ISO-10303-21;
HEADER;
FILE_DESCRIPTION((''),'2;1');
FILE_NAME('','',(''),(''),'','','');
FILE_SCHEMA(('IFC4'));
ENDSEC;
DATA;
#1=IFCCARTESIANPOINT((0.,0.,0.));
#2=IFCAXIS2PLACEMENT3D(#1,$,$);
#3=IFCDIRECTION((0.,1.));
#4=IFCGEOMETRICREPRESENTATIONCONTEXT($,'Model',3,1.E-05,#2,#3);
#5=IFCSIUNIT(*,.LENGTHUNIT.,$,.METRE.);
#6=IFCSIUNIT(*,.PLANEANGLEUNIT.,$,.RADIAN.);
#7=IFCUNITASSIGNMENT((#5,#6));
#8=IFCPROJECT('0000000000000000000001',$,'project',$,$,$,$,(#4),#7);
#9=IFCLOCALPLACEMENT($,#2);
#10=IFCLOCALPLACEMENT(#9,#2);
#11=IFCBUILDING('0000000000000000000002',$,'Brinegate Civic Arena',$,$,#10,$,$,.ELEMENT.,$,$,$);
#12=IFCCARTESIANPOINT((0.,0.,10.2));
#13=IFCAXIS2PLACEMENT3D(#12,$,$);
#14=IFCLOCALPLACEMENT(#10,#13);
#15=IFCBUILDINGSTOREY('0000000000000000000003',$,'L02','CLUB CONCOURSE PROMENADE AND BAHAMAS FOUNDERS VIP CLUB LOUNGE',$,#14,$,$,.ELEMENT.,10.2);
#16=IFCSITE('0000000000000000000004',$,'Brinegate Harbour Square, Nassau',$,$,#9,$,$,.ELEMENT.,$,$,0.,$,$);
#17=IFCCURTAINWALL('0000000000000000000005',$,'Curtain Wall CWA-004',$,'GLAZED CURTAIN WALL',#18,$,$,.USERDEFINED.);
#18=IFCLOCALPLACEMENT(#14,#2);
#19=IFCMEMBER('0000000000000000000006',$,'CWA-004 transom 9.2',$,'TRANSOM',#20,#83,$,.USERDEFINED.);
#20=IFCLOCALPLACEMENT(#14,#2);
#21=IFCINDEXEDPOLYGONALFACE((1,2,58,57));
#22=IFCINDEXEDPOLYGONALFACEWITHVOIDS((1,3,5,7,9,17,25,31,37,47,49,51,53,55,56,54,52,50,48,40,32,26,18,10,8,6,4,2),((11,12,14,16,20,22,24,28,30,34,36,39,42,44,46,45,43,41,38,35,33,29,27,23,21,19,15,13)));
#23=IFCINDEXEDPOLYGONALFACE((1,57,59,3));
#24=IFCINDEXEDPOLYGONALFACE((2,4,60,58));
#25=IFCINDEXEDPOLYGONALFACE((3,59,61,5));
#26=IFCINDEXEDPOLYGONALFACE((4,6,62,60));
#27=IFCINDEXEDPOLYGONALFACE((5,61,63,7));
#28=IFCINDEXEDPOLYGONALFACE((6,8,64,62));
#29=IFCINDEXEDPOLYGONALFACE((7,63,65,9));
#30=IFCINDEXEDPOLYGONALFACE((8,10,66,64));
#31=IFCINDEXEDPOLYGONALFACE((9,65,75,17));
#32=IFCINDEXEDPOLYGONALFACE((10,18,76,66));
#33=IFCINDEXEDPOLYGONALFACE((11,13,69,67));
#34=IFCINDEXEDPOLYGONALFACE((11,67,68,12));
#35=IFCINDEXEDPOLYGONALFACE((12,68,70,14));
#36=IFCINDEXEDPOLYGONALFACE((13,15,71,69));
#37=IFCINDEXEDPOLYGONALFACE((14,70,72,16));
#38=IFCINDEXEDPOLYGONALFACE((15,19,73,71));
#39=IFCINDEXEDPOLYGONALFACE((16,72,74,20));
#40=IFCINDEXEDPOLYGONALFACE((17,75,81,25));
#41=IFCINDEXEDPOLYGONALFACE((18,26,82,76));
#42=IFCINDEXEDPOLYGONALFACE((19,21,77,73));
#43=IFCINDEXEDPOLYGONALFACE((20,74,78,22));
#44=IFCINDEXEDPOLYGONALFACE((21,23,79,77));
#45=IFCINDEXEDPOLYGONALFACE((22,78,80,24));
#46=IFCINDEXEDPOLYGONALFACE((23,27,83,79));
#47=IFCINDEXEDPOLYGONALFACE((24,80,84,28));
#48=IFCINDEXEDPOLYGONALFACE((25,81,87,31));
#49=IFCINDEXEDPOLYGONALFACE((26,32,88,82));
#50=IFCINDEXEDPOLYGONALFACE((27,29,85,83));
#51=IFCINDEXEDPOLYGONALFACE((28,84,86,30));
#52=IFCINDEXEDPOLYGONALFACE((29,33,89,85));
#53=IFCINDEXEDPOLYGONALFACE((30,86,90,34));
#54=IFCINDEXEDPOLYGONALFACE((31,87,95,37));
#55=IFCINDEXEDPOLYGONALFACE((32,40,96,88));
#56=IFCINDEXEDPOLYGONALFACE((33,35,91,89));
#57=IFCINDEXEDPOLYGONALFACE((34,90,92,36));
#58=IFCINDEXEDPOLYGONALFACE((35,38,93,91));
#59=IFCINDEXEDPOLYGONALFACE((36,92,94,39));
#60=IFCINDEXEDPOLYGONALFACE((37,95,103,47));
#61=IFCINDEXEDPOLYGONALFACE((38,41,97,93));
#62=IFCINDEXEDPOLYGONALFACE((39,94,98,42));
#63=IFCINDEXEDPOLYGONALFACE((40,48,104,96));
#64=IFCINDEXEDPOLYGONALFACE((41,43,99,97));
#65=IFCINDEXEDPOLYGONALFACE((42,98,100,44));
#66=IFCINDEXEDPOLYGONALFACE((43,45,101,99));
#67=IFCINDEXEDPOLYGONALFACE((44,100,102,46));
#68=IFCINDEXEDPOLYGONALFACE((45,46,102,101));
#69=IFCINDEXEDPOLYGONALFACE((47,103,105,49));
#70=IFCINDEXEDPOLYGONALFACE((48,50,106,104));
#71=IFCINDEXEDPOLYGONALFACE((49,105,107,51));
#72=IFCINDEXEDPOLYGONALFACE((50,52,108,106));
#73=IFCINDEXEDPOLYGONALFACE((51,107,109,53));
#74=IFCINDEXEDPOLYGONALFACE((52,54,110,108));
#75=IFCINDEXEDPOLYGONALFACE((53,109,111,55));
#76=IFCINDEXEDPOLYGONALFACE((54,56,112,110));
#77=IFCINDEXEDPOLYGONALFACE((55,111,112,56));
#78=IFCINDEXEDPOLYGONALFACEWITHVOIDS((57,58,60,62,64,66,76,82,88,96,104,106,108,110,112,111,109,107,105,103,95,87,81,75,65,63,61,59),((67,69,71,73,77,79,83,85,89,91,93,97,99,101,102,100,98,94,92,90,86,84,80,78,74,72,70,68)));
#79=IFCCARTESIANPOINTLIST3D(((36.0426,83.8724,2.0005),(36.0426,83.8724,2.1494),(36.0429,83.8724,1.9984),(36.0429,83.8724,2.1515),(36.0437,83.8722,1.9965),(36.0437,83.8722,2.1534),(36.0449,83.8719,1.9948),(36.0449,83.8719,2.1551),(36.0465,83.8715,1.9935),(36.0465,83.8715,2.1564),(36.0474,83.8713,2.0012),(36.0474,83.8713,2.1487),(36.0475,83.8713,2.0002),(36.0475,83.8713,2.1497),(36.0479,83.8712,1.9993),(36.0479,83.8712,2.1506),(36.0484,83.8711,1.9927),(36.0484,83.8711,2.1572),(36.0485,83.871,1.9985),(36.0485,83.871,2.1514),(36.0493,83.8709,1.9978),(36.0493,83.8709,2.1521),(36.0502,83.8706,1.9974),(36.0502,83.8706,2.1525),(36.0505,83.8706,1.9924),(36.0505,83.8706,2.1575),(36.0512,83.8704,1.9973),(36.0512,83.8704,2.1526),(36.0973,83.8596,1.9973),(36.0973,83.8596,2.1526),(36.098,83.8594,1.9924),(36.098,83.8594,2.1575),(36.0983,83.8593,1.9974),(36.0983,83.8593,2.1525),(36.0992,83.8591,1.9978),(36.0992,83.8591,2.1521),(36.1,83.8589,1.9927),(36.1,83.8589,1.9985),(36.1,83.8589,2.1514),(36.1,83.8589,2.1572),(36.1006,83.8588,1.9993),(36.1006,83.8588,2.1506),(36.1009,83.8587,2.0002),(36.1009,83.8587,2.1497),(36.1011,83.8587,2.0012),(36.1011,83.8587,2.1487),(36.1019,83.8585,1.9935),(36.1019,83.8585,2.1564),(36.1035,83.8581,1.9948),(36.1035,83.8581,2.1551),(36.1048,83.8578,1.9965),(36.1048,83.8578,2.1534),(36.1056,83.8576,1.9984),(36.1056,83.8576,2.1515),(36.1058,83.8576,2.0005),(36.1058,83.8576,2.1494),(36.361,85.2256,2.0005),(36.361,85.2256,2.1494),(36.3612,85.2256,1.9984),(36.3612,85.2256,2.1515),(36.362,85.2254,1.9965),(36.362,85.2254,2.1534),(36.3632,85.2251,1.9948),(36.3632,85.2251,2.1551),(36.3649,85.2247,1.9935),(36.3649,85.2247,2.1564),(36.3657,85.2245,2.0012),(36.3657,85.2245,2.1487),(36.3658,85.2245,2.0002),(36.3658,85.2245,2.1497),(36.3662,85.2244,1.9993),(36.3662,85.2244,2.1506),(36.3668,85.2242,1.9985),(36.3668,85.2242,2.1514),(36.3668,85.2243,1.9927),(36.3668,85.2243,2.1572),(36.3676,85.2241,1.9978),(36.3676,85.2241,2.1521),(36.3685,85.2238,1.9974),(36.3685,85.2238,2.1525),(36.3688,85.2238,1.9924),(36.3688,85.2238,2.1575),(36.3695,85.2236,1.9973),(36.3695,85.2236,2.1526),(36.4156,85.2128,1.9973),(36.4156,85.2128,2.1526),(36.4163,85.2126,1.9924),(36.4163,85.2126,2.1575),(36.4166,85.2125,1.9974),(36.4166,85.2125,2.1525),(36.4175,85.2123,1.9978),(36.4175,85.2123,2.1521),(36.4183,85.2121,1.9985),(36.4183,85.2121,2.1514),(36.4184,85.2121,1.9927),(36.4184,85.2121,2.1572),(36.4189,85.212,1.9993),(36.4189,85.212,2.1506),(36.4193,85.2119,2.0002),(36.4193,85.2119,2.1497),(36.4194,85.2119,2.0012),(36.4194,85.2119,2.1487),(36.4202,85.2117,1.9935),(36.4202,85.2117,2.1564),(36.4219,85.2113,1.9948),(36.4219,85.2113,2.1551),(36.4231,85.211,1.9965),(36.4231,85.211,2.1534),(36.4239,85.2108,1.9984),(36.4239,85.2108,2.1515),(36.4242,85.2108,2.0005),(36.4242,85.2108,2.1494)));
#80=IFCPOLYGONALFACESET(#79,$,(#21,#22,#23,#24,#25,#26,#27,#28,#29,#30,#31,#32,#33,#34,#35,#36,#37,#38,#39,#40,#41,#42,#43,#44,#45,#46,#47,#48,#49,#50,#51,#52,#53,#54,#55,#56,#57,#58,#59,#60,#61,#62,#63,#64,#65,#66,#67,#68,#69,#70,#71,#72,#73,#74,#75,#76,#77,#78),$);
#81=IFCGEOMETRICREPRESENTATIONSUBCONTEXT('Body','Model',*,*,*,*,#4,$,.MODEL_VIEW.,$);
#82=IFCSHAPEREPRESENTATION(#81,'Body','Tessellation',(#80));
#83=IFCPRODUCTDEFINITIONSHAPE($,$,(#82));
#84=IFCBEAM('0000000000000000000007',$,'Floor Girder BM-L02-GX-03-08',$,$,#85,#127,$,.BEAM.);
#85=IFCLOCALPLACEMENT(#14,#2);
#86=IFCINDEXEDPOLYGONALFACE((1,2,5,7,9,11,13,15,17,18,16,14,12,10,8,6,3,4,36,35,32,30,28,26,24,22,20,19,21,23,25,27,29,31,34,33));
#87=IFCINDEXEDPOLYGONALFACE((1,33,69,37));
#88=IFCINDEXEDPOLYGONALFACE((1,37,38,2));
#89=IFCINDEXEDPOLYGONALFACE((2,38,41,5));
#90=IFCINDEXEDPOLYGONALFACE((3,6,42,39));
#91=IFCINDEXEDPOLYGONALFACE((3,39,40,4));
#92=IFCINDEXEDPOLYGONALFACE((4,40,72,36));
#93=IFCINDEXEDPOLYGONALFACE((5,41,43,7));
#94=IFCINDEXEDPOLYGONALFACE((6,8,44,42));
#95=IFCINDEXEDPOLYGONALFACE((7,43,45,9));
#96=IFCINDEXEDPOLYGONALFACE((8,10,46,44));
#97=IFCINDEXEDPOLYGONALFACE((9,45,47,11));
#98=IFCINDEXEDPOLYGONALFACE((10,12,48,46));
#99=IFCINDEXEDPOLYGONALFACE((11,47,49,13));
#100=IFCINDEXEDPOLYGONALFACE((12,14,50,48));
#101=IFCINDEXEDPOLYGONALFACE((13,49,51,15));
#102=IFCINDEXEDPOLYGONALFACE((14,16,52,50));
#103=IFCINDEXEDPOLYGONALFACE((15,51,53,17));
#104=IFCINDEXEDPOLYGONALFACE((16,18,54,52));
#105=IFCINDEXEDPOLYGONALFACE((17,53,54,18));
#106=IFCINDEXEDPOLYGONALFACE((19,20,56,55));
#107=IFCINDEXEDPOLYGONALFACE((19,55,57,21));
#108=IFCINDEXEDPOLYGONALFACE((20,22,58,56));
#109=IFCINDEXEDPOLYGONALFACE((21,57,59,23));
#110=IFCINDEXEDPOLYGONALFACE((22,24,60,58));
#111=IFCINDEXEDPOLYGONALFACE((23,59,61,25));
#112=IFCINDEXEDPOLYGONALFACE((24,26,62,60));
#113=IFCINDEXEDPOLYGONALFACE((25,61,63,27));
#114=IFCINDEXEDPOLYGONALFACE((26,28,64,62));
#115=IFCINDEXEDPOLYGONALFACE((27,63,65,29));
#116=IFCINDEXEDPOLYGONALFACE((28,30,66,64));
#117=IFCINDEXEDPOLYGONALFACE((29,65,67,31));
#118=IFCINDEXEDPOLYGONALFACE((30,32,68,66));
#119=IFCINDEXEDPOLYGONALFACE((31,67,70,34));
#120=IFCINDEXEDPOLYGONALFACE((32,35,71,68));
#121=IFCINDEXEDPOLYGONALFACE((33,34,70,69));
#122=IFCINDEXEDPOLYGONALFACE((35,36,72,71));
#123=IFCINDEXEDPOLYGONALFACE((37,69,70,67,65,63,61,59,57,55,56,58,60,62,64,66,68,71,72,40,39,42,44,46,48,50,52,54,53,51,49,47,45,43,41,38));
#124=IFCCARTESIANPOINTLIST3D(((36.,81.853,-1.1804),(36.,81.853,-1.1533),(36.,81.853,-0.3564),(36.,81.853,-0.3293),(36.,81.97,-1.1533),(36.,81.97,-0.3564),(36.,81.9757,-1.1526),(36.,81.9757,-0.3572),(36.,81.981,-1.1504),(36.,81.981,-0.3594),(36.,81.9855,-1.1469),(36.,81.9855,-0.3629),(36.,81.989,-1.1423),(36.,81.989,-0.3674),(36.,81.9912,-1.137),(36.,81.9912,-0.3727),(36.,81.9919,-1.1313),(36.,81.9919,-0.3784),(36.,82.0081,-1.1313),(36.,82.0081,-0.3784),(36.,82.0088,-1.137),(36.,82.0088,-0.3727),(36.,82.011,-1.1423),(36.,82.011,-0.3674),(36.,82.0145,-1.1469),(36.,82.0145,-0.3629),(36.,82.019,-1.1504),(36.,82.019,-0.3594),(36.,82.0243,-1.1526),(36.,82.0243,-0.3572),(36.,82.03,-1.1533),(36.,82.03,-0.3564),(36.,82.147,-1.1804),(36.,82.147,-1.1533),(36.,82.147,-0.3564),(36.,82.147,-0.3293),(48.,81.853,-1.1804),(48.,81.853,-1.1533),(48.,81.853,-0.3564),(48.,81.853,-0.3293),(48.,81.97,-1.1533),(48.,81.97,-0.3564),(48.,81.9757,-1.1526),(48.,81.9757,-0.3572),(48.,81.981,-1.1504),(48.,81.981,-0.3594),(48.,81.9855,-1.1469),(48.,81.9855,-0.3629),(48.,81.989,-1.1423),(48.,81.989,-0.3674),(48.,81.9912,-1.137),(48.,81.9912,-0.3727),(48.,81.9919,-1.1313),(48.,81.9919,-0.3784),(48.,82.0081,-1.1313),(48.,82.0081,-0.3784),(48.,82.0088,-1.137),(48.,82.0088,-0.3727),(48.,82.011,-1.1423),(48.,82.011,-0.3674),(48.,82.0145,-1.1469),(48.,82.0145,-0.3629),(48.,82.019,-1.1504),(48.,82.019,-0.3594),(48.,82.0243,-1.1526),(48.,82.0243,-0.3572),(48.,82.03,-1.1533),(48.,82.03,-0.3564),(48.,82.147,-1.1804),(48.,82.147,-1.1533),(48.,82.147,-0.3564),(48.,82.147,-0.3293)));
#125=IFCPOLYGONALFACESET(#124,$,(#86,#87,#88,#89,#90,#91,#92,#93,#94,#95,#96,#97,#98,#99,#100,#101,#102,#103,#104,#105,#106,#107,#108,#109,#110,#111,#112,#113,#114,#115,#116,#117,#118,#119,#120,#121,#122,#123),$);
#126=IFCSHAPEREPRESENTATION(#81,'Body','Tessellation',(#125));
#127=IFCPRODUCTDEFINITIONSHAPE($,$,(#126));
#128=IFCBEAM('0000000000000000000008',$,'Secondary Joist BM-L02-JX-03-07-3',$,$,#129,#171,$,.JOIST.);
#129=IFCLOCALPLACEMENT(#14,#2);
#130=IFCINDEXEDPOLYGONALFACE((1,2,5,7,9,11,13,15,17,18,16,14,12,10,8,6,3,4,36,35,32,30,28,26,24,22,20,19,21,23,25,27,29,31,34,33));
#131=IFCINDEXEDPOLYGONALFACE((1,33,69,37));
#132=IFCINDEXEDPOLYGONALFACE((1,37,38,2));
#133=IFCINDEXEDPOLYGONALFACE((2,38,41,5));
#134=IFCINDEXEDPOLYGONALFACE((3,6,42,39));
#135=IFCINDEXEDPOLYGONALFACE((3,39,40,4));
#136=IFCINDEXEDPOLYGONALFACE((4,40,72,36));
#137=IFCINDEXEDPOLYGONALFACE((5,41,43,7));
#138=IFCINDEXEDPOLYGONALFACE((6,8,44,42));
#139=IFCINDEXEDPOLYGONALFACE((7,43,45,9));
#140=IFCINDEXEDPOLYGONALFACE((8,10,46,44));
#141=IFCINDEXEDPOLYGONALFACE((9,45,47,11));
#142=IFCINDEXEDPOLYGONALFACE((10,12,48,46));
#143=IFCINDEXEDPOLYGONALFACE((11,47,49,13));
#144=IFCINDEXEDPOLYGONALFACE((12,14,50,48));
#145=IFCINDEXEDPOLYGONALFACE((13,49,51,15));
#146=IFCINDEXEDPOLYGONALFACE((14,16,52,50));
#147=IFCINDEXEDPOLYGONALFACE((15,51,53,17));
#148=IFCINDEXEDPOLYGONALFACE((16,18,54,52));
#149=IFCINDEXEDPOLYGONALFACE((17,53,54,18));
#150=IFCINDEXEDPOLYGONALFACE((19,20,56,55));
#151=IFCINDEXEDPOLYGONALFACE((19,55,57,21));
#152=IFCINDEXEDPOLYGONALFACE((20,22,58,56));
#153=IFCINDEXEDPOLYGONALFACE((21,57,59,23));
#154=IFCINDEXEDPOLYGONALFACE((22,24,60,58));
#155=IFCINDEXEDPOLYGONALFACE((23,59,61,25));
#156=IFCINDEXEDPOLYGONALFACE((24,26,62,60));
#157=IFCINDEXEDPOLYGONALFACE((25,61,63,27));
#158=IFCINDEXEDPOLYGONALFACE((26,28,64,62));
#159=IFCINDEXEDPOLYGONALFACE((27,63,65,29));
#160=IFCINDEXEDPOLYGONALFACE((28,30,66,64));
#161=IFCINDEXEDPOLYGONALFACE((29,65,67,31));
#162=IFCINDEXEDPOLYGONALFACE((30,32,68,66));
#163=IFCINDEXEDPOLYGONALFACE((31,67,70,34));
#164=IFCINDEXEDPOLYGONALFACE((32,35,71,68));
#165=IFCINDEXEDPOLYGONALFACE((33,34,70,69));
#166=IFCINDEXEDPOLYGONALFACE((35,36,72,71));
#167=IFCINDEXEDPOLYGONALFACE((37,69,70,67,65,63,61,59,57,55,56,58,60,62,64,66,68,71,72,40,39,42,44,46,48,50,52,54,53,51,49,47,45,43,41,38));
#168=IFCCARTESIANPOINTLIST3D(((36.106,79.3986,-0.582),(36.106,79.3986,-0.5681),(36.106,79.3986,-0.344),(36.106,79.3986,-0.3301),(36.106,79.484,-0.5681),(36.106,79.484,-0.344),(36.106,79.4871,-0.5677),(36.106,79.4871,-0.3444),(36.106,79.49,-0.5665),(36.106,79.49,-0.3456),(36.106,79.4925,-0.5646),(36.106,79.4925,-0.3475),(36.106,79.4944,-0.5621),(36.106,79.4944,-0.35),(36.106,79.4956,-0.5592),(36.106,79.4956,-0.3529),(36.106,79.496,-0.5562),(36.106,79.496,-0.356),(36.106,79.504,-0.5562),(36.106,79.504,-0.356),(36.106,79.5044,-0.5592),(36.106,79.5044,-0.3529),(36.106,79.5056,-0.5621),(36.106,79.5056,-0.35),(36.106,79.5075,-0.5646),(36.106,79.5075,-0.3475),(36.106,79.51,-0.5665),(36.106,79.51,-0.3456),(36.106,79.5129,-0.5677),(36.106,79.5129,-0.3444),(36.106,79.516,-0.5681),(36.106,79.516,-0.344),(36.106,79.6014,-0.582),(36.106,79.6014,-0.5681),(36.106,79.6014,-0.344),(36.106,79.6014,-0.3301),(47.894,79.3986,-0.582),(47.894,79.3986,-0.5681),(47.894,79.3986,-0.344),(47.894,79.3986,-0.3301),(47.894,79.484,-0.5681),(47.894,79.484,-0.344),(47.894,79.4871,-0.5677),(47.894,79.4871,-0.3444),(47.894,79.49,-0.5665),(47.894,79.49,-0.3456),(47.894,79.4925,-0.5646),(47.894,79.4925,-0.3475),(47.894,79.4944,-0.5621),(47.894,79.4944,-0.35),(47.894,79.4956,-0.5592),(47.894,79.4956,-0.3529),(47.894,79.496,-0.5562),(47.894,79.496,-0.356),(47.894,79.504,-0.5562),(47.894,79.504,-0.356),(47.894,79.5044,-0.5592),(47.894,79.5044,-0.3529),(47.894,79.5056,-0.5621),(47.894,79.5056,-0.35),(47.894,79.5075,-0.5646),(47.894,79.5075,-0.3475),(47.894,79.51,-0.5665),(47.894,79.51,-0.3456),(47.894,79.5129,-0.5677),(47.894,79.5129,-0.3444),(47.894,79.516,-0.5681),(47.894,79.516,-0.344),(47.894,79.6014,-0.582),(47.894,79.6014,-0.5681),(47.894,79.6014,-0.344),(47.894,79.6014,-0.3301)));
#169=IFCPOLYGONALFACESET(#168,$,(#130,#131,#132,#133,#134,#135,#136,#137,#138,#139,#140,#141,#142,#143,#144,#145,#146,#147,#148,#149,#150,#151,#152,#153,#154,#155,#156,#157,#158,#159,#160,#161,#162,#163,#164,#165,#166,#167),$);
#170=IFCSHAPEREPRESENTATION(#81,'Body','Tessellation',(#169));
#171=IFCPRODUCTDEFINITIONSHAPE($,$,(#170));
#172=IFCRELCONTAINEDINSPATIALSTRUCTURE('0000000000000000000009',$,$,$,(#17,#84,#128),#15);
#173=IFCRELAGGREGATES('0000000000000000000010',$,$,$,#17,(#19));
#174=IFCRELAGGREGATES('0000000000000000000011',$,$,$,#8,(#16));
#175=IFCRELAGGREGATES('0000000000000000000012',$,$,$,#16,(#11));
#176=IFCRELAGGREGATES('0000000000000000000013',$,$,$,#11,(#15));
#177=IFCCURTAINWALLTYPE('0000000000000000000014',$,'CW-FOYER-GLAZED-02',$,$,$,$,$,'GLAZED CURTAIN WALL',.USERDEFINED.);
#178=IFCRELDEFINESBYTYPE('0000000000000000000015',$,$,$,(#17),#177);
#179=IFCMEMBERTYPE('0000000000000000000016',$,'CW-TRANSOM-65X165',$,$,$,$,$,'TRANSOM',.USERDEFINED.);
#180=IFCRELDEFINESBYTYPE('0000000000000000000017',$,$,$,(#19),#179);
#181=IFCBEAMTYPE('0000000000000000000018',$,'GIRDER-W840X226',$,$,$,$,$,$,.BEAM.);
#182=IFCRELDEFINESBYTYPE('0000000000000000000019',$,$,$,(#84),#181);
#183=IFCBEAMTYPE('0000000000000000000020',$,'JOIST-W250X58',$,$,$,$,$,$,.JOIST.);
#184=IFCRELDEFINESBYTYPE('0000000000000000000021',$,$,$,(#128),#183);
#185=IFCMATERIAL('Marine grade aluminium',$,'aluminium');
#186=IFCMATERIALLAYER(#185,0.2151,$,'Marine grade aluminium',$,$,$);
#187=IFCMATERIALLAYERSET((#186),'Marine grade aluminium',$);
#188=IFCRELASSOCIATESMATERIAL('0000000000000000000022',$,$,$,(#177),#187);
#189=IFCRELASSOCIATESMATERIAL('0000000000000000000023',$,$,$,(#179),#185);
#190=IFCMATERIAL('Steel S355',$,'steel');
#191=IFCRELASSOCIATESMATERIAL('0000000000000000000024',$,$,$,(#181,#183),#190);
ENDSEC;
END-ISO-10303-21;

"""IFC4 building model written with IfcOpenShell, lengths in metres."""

from ifc_helpers import new_model, si_unit, direction, frame, origin, origin_2d, place, context, subcontext, project, spatial, hollow_rectangle, i_section, extrude, material, layer, layer_set, material_profile, profile_set, type_object, element, aggregate, save


model = new_model("IFC4")

# Units and contexts
model_context = context("Model", 3, precision=1e-05, world=origin(), true_north=direction((0.0, 1.0)))
body_context = subcontext(model_context, "Body", "Model", "MODEL_VIEW")
ifc_project = project(units=[si_unit("LENGTHUNIT", "METRE"), si_unit("PLANEANGLEUNIT", "RADIAN")], contexts=[model_context])

# Site, building, storey
site_placement = place(None, origin())
site = spatial("IfcSite", under=ifc_project, at=site_placement, Name="Brinegate Harbour Square, Nassau", CompositionType="ELEMENT", RefElevation=0.0)
building_placement = place(site_placement, origin())
building = spatial("IfcBuilding", under=site, at=building_placement, Name="Brinegate Civic Arena", CompositionType="ELEMENT")
storey_placement = place(building_placement, frame((0.0, 0.0, 10.2)))
storey = spatial("IfcBuildingStorey", under=building, at=storey_placement, Name="L02", Description="CLUB CONCOURSE PROMENADE AND BAHAMAS FOUNDERS VIP CLUB LOUNGE", CompositionType="ELEMENT", Elevation=10.2)

# Curtain wall, member
ifc_material_1 = material(Name="Marine grade aluminium", Category="aluminium")
ifc_layer_1 = layer(ifc_material_1, 0.2151, Name="Marine grade aluminium")
ifc_layer_set_1 = layer_set([ifc_layer_1], Name="Marine grade aluminium")
curtain_wall_type = type_object("IfcCurtainWallType", Name="CW-FOYER-GLAZED-02", ElementType="GLAZED CURTAIN WALL", PredefinedType="USERDEFINED", material=ifc_layer_set_1)
curtain_wall_placement = place(storey_placement, origin())
curtain_wall = element("IfcCurtainWall", 1, at=curtain_wall_placement, inside=storey, type_object=curtain_wall_type, Name="Curtain Wall CWA-004", ObjectType="GLAZED CURTAIN WALL", PredefinedType="USERDEFINED")
ifc_material_profile_1 = material_profile(ifc_material_1, hollow_rectangle(XDim=0.0649, YDim=0.165, WallThickness=0.0049, InnerFilletRadius=0.0039, OuterFilletRadius=0.0081, at=origin_2d()), Name="TRN65X165")
ifc_profile_set_1 = profile_set([ifc_material_profile_1], Name="Marine grade aluminium")
member_type_1 = type_object("IfcMemberType", Name="CW-TRANSOM-65X165", ElementType="TRANSOM", PredefinedType="USERDEFINED", material=ifc_profile_set_1)
member_1_placement = place(storey_placement, frame((36.0742, 83.865, 2.075), z_axis=(0.229, 0.973426, 0.0), x_axis=(-0.973426, 0.229, 0.0)))
member_1 = element("IfcMember", 2, at=member_1_placement, type_object=member_type_1, Name="CWA-004 transom 9.2", ObjectType="TRANSOM", PredefinedType="USERDEFINED", context=body_context, shape_type="SweptSolid", body=[
    extrude(hollow_rectangle(XDim=0.0649, YDim=0.165, WallThickness=0.0049, InnerFilletRadius=0.0039, OuterFilletRadius=0.0081, at=origin_2d()), origin(), (0.0, 0.0, 1.0), 1.3901),
])

# Beams
ifc_material_2 = material(Name="Steel S355", Category="steel")
ifc_material_profile_2 = material_profile(ifc_material_2, i_section(OverallWidth=0.2939, OverallDepth=0.8511, WebThickness=0.0161, FlangeThickness=0.0271, FilletRadius=0.022, at=origin_2d()), Name="W840X226")
ifc_profile_set_2 = profile_set([ifc_material_profile_2], Name="Steel S355")
beam_type_1 = type_object("IfcBeamType", Name="GIRDER-W840X226", PredefinedType="BEAM", material=ifc_profile_set_2)
beam_1_placement = place(storey_placement, frame((36.0, 82.0, -0.7549), z_axis=(1.0, 0.0, 0.0), x_axis=(0.0, 1.0, 0.0)))
element("IfcBeam", 3, at=beam_1_placement, inside=storey, type_object=beam_type_1, Name="Floor Girder BM-L02-GX-03-08", PredefinedType="BEAM", context=body_context, shape_type="SweptSolid", body=[
    extrude(i_section(OverallWidth=0.2939, OverallDepth=0.8511, WebThickness=0.0161, FlangeThickness=0.0271, FilletRadius=0.022, at=origin_2d()), origin(), (0.0, 0.0, 1.0), 12.0),
])
ifc_material_profile_3 = material_profile(ifc_material_2, i_section(OverallWidth=0.2029, OverallDepth=0.252, WebThickness=0.0081, FlangeThickness=0.0139, FilletRadius=0.012, at=origin_2d()), Name="W250X58")
ifc_profile_set_3 = profile_set([ifc_material_profile_3], Name="Steel S355")
beam_type_2 = type_object("IfcBeamType", Name="JOIST-W250X58", PredefinedType="JOIST", material=ifc_profile_set_3)
beam_2_placement = place(storey_placement, frame((36.106, 79.5, -0.4561), z_axis=(1.0, 0.0, 0.0), x_axis=(0.0, 1.0, 0.0)))
element("IfcBeam", 4, at=beam_2_placement, inside=storey, type_object=beam_type_2, Name="Secondary Joist BM-L02-JX-03-07-3", PredefinedType="JOIST", context=body_context, shape_type="SweptSolid", body=[
    extrude(i_section(OverallWidth=0.2029, OverallDepth=0.252, WebThickness=0.0081, FlangeThickness=0.0139, FilletRadius=0.012, at=origin_2d()), origin(), (0.0, 0.0, 1.0), 11.7881),
])

aggregate(curtain_wall, [member_1])

save(model, "model.ifc")
